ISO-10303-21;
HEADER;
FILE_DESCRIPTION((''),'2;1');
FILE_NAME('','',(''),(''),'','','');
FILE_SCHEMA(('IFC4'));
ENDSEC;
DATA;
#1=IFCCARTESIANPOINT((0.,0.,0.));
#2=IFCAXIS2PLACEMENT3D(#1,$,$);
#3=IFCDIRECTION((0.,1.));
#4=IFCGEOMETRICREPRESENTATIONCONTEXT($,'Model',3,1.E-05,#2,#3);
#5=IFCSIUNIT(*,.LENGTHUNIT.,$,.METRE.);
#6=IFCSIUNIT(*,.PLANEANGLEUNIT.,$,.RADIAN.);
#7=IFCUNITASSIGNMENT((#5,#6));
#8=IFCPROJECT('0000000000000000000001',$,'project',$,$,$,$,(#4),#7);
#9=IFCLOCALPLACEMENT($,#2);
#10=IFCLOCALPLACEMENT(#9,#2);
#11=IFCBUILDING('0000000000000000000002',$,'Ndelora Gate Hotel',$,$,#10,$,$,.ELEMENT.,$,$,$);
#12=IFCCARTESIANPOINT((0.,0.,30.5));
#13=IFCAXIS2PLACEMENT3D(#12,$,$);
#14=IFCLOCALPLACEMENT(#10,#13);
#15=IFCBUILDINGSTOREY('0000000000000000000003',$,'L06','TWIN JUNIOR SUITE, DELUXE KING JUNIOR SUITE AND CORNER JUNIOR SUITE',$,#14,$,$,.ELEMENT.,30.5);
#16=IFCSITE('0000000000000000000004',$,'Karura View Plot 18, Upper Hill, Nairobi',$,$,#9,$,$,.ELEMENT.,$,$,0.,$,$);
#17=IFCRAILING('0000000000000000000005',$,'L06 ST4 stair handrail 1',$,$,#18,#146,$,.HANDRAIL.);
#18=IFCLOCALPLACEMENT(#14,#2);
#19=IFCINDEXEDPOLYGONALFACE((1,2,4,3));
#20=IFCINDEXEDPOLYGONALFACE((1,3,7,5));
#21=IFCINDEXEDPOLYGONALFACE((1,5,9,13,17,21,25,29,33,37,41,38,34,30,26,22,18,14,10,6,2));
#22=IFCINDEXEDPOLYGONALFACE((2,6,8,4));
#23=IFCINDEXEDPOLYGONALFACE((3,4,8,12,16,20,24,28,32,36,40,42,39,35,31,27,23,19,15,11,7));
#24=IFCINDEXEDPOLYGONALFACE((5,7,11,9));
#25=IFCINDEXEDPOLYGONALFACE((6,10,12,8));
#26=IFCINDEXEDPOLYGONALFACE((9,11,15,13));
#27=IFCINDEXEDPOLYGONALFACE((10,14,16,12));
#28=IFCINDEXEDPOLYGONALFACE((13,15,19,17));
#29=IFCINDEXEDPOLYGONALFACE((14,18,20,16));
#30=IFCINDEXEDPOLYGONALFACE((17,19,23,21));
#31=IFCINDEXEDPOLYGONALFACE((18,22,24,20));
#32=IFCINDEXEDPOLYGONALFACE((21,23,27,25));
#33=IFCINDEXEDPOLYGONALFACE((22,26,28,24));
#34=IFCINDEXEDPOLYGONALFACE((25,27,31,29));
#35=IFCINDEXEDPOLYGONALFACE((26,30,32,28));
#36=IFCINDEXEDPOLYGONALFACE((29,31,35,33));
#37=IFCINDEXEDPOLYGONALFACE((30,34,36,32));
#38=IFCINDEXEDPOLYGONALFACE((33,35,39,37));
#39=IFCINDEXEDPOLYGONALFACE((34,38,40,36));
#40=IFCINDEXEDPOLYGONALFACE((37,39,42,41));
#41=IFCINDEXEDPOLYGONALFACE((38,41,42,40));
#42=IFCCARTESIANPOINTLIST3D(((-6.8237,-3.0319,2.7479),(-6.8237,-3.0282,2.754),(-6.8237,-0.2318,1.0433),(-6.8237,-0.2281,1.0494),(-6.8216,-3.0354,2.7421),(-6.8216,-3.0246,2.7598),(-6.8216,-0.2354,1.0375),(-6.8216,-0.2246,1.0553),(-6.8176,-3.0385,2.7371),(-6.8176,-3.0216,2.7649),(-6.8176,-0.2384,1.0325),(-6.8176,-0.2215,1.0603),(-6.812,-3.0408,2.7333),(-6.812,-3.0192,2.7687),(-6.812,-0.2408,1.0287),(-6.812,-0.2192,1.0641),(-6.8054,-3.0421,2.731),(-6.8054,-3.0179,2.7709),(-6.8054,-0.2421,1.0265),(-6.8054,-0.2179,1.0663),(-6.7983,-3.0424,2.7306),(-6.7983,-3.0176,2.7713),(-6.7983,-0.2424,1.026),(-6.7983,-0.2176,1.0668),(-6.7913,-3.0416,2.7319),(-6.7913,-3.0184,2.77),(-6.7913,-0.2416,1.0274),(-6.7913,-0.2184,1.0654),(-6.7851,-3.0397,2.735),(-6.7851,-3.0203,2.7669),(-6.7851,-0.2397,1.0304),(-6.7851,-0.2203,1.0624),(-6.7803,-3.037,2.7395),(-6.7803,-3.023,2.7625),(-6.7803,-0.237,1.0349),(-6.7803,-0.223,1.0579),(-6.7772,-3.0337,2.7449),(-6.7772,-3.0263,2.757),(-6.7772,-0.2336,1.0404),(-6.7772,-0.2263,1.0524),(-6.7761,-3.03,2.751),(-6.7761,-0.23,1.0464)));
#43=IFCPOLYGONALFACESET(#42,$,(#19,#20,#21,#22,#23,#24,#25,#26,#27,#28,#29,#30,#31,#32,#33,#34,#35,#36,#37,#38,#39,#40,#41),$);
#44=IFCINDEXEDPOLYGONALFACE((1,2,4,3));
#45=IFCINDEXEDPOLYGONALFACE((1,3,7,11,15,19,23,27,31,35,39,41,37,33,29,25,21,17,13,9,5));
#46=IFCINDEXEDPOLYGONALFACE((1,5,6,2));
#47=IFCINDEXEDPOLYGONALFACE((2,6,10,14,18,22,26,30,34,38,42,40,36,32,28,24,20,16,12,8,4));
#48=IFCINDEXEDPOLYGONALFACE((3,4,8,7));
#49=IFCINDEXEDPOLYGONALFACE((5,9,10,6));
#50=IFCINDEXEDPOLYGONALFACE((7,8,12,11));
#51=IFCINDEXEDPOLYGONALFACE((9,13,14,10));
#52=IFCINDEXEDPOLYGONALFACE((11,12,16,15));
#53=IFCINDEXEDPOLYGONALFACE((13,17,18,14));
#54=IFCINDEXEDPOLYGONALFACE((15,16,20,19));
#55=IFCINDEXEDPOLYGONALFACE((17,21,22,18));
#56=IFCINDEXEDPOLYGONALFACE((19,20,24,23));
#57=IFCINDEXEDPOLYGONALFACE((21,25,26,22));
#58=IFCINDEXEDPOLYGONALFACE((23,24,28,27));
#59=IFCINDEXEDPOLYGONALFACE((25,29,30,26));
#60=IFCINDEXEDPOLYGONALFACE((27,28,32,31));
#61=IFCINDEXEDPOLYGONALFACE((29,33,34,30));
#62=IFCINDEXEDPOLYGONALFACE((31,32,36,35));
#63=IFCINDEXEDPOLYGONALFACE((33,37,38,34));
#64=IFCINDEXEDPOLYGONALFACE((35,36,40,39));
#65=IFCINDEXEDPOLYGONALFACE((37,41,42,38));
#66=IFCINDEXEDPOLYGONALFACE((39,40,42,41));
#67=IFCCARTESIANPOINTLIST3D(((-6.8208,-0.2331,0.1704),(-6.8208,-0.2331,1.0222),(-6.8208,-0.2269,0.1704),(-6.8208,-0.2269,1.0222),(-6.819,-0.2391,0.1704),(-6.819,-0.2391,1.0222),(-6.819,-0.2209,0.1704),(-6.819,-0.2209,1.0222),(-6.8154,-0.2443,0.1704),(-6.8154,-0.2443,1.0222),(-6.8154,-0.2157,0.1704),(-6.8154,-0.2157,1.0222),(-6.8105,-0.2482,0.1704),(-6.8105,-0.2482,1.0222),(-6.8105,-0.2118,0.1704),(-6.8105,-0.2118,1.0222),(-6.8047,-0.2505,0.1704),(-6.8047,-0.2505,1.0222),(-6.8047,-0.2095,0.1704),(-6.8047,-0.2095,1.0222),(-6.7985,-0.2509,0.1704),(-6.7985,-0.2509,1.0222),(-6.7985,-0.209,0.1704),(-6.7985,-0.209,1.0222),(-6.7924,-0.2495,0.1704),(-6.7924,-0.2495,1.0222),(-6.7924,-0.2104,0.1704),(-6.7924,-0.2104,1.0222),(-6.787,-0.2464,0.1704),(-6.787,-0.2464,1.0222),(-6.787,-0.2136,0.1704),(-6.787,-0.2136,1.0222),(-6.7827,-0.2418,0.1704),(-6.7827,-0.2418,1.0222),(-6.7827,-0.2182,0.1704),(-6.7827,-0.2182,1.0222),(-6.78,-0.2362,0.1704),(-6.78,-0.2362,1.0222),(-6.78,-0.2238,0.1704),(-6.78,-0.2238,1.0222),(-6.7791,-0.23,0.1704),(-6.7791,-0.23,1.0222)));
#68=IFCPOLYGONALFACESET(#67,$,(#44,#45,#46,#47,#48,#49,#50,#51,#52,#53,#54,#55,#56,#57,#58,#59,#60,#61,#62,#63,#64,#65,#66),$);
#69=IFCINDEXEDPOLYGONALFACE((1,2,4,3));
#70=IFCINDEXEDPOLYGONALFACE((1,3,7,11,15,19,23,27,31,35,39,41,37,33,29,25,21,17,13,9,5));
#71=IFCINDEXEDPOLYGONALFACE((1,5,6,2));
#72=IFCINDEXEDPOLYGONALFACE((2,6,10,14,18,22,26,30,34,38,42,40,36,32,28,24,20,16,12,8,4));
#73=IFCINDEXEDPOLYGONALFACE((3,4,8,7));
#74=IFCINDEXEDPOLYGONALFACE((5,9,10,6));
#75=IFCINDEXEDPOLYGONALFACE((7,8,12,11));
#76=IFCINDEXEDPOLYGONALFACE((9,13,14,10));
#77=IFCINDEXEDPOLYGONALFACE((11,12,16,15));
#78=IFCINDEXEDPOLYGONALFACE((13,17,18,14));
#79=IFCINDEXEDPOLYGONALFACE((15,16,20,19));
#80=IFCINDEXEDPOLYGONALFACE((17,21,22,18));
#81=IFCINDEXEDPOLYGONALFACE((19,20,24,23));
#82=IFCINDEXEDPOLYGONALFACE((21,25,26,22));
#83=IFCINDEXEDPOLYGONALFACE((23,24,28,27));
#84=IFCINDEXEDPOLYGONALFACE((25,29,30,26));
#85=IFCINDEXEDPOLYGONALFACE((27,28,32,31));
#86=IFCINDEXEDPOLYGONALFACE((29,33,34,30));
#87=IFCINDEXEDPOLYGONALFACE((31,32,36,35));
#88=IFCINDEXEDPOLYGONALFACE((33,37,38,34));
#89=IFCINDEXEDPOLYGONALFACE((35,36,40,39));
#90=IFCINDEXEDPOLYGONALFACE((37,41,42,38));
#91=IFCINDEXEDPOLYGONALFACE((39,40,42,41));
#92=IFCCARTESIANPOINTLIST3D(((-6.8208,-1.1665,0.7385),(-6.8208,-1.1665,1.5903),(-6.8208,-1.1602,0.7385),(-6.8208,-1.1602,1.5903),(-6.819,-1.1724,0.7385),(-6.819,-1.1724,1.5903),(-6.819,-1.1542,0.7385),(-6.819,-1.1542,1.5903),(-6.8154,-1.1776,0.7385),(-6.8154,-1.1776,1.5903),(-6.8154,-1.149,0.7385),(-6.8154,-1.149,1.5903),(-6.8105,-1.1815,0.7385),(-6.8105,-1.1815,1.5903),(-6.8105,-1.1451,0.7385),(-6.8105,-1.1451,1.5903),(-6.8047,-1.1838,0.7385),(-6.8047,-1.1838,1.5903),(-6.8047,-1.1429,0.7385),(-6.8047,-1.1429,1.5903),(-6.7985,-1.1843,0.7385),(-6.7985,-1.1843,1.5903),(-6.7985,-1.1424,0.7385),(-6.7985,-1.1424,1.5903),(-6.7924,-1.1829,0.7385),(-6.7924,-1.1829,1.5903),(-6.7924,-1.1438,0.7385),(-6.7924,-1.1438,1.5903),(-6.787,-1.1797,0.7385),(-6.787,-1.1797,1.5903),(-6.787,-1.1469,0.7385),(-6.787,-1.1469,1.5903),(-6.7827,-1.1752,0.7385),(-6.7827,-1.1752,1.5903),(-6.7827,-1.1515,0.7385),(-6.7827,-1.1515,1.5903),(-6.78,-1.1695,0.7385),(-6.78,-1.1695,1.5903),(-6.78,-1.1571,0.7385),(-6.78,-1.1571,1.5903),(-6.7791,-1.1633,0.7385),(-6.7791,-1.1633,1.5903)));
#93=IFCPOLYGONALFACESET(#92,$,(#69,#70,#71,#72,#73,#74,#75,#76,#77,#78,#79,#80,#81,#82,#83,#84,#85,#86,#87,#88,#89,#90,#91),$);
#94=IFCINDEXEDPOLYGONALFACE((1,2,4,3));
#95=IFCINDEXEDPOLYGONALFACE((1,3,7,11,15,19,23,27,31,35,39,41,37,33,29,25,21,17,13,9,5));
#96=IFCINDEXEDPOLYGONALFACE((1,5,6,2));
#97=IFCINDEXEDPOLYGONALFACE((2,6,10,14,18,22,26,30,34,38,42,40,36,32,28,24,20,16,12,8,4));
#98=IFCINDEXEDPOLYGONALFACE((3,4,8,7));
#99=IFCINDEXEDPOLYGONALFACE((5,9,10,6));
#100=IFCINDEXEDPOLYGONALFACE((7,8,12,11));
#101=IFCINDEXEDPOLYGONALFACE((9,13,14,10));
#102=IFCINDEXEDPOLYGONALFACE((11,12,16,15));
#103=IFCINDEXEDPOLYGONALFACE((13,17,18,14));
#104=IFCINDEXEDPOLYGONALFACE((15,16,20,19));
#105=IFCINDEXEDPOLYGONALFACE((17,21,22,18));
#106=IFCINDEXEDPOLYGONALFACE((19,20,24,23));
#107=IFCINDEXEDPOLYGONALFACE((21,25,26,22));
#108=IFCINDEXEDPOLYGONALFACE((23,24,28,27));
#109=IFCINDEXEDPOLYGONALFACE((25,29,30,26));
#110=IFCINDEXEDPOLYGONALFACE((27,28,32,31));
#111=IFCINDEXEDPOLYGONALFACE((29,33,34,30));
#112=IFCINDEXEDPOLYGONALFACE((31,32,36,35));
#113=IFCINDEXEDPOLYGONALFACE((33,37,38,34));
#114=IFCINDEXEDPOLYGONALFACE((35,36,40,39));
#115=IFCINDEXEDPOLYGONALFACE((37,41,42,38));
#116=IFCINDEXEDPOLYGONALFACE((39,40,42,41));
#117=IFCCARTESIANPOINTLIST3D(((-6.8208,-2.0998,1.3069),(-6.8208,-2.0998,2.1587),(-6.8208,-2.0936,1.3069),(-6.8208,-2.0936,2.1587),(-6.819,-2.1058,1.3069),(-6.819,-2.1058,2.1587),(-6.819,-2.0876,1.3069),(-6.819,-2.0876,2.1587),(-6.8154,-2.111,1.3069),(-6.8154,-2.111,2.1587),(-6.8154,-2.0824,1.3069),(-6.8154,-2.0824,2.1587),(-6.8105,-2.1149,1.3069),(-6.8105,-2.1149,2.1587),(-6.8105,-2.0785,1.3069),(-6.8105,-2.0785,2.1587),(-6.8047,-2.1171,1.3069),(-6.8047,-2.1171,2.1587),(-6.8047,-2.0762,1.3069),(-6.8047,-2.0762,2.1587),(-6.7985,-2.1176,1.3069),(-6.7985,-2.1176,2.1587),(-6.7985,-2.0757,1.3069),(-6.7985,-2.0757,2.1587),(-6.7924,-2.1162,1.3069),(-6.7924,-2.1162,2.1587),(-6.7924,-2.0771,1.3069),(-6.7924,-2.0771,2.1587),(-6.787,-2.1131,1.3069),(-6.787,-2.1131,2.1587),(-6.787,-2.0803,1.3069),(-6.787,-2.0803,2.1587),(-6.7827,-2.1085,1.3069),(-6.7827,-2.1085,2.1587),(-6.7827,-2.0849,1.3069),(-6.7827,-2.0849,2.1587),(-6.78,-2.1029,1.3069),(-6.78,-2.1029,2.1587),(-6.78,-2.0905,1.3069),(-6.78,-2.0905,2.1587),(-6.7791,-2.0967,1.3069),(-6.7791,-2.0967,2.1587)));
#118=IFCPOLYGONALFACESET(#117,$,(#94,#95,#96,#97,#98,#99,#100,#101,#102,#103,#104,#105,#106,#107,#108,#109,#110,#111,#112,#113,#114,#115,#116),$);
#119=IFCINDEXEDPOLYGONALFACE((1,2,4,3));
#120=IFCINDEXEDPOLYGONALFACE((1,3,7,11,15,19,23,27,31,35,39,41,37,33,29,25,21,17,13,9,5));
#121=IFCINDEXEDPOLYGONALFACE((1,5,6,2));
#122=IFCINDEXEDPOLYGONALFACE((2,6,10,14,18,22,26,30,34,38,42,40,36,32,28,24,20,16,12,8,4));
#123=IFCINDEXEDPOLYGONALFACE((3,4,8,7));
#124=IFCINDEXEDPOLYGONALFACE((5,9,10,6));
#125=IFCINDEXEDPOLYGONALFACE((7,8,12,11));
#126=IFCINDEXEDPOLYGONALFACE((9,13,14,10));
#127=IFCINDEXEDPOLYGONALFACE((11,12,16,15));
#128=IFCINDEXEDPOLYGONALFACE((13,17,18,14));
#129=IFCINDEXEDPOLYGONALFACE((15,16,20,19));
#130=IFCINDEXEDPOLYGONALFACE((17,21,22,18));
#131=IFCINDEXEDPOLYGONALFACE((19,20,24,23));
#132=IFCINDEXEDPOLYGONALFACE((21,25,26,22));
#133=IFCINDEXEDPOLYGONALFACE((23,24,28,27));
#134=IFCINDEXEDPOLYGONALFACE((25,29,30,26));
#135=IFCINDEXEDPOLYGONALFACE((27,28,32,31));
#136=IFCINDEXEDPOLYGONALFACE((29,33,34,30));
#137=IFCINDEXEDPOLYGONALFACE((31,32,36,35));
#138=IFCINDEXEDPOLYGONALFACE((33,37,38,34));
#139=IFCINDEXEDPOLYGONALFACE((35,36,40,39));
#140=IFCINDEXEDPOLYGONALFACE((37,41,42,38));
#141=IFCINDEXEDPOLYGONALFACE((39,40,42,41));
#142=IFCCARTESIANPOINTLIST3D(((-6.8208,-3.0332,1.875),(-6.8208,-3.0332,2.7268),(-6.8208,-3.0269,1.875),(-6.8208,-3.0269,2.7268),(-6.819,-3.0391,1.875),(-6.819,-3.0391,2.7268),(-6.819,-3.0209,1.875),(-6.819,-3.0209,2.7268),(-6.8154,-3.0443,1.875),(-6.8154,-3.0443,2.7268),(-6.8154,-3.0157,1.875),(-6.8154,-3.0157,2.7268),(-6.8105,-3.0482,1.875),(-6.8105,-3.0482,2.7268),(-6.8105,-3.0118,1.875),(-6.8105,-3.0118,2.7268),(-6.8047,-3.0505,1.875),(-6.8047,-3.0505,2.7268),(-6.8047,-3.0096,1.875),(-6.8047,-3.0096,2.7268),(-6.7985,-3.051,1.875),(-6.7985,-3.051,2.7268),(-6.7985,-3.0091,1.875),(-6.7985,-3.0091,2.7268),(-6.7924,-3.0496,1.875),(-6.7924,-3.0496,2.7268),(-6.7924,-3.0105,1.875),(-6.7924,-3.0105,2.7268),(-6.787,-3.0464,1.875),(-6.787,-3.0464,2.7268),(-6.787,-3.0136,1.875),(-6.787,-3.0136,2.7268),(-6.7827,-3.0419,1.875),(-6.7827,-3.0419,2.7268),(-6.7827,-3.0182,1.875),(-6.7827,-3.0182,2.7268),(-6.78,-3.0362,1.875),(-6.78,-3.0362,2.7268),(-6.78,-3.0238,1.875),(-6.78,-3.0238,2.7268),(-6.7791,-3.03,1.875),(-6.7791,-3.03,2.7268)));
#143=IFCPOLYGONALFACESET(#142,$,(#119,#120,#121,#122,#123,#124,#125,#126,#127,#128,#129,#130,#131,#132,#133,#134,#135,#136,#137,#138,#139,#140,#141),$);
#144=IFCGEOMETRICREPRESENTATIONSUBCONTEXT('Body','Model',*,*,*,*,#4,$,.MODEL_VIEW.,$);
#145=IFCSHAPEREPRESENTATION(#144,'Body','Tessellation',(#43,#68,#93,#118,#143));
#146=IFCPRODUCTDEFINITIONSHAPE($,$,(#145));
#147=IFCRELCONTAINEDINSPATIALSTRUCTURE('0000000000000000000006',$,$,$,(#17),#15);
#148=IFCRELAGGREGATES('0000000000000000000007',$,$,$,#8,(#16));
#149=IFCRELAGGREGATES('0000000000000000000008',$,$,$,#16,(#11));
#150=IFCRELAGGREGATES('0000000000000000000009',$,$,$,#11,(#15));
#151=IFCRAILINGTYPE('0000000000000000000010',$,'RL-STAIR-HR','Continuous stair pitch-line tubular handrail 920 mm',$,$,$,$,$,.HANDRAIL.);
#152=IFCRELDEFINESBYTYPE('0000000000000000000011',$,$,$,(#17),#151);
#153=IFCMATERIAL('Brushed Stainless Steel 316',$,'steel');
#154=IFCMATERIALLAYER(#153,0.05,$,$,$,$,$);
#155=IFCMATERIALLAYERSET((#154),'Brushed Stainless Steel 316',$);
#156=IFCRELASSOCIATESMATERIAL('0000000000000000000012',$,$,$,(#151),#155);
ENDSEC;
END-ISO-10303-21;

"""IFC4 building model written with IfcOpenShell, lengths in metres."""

from ifc_helpers import new_model, si_unit, direction, frame, origin, origin_2d, place, context, subcontext, project, spatial, circle, extrude, material, layer, layer_set, type_object, element, save


model = new_model("IFC4")

# Units and contexts
model_context = context("Model", 3, precision=1e-05, world=origin(), true_north=direction((0.0, 1.0)))
body_context = subcontext(model_context, "Body", "Model", "MODEL_VIEW")
ifc_project = project(units=[si_unit("LENGTHUNIT", "METRE"), si_unit("PLANEANGLEUNIT", "RADIAN")], contexts=[model_context])

# Site, building, storey
site_placement = place(None, origin())
site = spatial("IfcSite", under=ifc_project, at=site_placement, Name="Karura View Plot 18, Upper Hill, Nairobi", CompositionType="ELEMENT", RefElevation=0.0)
building_placement = place(site_placement, origin())
building = spatial("IfcBuilding", under=site, at=building_placement, Name="Ndelora Gate Hotel", CompositionType="ELEMENT")
storey_placement = place(building_placement, frame((0.0, 0.0, 30.5)))
storey = spatial("IfcBuildingStorey", under=building, at=storey_placement, Name="L06", Description="TWIN JUNIOR SUITE, DELUXE KING JUNIOR SUITE AND CORNER JUNIOR SUITE", CompositionType="ELEMENT", Elevation=30.5)

# Railing
ifc_material_1 = material(Name="Brushed Stainless Steel 316", Category="steel")
ifc_layer_1 = layer(ifc_material_1, 0.05)
ifc_layer_set_1 = layer_set([ifc_layer_1], Name="Brushed Stainless Steel 316")
railing_type_1 = type_object("IfcRailingType", Name="RL-STAIR-HR", Description="Continuous stair pitch-line tubular handrail 920 mm", PredefinedType="HANDRAIL", material=ifc_layer_set_1)
railing_1_placement = place(storey_placement, frame((-6.8, -0.23, 0.1704)))
element("IfcRailing", 1, at=railing_1_placement, inside=storey, type_object=railing_type_1, Name="L06 ST4 stair handrail 1", PredefinedType="HANDRAIL", context=body_context, shape_type="SweptSolid", body=[
    extrude(circle(Radius=0.0239, at=origin_2d()), frame((0.0, 0.0, 0.876), z_axis=(0.0, -0.85417, 0.519994), x_axis=(1.0, 0.0, 0.0)), (0.0, 0.0, 1.0), 3.2781),
    extrude(circle(Radius=0.021, at=origin_2d()), origin(), (0.0, 0.0, 1.0), 0.8518),
    extrude(circle(Radius=0.021, at=origin_2d()), frame((0.0, -0.9333, 0.5681)), (0.0, 0.0, 1.0), 0.8518),
    extrude(circle(Radius=0.021, at=origin_2d()), frame((0.0, -1.8667, 1.1365)), (0.0, 0.0, 1.0), 0.8518),
    extrude(circle(Radius=0.021, at=origin_2d()), frame((0.0, -2.8, 1.7046)), (0.0, 0.0, 1.0), 0.8518),
])

save(model, "model.ifc")
